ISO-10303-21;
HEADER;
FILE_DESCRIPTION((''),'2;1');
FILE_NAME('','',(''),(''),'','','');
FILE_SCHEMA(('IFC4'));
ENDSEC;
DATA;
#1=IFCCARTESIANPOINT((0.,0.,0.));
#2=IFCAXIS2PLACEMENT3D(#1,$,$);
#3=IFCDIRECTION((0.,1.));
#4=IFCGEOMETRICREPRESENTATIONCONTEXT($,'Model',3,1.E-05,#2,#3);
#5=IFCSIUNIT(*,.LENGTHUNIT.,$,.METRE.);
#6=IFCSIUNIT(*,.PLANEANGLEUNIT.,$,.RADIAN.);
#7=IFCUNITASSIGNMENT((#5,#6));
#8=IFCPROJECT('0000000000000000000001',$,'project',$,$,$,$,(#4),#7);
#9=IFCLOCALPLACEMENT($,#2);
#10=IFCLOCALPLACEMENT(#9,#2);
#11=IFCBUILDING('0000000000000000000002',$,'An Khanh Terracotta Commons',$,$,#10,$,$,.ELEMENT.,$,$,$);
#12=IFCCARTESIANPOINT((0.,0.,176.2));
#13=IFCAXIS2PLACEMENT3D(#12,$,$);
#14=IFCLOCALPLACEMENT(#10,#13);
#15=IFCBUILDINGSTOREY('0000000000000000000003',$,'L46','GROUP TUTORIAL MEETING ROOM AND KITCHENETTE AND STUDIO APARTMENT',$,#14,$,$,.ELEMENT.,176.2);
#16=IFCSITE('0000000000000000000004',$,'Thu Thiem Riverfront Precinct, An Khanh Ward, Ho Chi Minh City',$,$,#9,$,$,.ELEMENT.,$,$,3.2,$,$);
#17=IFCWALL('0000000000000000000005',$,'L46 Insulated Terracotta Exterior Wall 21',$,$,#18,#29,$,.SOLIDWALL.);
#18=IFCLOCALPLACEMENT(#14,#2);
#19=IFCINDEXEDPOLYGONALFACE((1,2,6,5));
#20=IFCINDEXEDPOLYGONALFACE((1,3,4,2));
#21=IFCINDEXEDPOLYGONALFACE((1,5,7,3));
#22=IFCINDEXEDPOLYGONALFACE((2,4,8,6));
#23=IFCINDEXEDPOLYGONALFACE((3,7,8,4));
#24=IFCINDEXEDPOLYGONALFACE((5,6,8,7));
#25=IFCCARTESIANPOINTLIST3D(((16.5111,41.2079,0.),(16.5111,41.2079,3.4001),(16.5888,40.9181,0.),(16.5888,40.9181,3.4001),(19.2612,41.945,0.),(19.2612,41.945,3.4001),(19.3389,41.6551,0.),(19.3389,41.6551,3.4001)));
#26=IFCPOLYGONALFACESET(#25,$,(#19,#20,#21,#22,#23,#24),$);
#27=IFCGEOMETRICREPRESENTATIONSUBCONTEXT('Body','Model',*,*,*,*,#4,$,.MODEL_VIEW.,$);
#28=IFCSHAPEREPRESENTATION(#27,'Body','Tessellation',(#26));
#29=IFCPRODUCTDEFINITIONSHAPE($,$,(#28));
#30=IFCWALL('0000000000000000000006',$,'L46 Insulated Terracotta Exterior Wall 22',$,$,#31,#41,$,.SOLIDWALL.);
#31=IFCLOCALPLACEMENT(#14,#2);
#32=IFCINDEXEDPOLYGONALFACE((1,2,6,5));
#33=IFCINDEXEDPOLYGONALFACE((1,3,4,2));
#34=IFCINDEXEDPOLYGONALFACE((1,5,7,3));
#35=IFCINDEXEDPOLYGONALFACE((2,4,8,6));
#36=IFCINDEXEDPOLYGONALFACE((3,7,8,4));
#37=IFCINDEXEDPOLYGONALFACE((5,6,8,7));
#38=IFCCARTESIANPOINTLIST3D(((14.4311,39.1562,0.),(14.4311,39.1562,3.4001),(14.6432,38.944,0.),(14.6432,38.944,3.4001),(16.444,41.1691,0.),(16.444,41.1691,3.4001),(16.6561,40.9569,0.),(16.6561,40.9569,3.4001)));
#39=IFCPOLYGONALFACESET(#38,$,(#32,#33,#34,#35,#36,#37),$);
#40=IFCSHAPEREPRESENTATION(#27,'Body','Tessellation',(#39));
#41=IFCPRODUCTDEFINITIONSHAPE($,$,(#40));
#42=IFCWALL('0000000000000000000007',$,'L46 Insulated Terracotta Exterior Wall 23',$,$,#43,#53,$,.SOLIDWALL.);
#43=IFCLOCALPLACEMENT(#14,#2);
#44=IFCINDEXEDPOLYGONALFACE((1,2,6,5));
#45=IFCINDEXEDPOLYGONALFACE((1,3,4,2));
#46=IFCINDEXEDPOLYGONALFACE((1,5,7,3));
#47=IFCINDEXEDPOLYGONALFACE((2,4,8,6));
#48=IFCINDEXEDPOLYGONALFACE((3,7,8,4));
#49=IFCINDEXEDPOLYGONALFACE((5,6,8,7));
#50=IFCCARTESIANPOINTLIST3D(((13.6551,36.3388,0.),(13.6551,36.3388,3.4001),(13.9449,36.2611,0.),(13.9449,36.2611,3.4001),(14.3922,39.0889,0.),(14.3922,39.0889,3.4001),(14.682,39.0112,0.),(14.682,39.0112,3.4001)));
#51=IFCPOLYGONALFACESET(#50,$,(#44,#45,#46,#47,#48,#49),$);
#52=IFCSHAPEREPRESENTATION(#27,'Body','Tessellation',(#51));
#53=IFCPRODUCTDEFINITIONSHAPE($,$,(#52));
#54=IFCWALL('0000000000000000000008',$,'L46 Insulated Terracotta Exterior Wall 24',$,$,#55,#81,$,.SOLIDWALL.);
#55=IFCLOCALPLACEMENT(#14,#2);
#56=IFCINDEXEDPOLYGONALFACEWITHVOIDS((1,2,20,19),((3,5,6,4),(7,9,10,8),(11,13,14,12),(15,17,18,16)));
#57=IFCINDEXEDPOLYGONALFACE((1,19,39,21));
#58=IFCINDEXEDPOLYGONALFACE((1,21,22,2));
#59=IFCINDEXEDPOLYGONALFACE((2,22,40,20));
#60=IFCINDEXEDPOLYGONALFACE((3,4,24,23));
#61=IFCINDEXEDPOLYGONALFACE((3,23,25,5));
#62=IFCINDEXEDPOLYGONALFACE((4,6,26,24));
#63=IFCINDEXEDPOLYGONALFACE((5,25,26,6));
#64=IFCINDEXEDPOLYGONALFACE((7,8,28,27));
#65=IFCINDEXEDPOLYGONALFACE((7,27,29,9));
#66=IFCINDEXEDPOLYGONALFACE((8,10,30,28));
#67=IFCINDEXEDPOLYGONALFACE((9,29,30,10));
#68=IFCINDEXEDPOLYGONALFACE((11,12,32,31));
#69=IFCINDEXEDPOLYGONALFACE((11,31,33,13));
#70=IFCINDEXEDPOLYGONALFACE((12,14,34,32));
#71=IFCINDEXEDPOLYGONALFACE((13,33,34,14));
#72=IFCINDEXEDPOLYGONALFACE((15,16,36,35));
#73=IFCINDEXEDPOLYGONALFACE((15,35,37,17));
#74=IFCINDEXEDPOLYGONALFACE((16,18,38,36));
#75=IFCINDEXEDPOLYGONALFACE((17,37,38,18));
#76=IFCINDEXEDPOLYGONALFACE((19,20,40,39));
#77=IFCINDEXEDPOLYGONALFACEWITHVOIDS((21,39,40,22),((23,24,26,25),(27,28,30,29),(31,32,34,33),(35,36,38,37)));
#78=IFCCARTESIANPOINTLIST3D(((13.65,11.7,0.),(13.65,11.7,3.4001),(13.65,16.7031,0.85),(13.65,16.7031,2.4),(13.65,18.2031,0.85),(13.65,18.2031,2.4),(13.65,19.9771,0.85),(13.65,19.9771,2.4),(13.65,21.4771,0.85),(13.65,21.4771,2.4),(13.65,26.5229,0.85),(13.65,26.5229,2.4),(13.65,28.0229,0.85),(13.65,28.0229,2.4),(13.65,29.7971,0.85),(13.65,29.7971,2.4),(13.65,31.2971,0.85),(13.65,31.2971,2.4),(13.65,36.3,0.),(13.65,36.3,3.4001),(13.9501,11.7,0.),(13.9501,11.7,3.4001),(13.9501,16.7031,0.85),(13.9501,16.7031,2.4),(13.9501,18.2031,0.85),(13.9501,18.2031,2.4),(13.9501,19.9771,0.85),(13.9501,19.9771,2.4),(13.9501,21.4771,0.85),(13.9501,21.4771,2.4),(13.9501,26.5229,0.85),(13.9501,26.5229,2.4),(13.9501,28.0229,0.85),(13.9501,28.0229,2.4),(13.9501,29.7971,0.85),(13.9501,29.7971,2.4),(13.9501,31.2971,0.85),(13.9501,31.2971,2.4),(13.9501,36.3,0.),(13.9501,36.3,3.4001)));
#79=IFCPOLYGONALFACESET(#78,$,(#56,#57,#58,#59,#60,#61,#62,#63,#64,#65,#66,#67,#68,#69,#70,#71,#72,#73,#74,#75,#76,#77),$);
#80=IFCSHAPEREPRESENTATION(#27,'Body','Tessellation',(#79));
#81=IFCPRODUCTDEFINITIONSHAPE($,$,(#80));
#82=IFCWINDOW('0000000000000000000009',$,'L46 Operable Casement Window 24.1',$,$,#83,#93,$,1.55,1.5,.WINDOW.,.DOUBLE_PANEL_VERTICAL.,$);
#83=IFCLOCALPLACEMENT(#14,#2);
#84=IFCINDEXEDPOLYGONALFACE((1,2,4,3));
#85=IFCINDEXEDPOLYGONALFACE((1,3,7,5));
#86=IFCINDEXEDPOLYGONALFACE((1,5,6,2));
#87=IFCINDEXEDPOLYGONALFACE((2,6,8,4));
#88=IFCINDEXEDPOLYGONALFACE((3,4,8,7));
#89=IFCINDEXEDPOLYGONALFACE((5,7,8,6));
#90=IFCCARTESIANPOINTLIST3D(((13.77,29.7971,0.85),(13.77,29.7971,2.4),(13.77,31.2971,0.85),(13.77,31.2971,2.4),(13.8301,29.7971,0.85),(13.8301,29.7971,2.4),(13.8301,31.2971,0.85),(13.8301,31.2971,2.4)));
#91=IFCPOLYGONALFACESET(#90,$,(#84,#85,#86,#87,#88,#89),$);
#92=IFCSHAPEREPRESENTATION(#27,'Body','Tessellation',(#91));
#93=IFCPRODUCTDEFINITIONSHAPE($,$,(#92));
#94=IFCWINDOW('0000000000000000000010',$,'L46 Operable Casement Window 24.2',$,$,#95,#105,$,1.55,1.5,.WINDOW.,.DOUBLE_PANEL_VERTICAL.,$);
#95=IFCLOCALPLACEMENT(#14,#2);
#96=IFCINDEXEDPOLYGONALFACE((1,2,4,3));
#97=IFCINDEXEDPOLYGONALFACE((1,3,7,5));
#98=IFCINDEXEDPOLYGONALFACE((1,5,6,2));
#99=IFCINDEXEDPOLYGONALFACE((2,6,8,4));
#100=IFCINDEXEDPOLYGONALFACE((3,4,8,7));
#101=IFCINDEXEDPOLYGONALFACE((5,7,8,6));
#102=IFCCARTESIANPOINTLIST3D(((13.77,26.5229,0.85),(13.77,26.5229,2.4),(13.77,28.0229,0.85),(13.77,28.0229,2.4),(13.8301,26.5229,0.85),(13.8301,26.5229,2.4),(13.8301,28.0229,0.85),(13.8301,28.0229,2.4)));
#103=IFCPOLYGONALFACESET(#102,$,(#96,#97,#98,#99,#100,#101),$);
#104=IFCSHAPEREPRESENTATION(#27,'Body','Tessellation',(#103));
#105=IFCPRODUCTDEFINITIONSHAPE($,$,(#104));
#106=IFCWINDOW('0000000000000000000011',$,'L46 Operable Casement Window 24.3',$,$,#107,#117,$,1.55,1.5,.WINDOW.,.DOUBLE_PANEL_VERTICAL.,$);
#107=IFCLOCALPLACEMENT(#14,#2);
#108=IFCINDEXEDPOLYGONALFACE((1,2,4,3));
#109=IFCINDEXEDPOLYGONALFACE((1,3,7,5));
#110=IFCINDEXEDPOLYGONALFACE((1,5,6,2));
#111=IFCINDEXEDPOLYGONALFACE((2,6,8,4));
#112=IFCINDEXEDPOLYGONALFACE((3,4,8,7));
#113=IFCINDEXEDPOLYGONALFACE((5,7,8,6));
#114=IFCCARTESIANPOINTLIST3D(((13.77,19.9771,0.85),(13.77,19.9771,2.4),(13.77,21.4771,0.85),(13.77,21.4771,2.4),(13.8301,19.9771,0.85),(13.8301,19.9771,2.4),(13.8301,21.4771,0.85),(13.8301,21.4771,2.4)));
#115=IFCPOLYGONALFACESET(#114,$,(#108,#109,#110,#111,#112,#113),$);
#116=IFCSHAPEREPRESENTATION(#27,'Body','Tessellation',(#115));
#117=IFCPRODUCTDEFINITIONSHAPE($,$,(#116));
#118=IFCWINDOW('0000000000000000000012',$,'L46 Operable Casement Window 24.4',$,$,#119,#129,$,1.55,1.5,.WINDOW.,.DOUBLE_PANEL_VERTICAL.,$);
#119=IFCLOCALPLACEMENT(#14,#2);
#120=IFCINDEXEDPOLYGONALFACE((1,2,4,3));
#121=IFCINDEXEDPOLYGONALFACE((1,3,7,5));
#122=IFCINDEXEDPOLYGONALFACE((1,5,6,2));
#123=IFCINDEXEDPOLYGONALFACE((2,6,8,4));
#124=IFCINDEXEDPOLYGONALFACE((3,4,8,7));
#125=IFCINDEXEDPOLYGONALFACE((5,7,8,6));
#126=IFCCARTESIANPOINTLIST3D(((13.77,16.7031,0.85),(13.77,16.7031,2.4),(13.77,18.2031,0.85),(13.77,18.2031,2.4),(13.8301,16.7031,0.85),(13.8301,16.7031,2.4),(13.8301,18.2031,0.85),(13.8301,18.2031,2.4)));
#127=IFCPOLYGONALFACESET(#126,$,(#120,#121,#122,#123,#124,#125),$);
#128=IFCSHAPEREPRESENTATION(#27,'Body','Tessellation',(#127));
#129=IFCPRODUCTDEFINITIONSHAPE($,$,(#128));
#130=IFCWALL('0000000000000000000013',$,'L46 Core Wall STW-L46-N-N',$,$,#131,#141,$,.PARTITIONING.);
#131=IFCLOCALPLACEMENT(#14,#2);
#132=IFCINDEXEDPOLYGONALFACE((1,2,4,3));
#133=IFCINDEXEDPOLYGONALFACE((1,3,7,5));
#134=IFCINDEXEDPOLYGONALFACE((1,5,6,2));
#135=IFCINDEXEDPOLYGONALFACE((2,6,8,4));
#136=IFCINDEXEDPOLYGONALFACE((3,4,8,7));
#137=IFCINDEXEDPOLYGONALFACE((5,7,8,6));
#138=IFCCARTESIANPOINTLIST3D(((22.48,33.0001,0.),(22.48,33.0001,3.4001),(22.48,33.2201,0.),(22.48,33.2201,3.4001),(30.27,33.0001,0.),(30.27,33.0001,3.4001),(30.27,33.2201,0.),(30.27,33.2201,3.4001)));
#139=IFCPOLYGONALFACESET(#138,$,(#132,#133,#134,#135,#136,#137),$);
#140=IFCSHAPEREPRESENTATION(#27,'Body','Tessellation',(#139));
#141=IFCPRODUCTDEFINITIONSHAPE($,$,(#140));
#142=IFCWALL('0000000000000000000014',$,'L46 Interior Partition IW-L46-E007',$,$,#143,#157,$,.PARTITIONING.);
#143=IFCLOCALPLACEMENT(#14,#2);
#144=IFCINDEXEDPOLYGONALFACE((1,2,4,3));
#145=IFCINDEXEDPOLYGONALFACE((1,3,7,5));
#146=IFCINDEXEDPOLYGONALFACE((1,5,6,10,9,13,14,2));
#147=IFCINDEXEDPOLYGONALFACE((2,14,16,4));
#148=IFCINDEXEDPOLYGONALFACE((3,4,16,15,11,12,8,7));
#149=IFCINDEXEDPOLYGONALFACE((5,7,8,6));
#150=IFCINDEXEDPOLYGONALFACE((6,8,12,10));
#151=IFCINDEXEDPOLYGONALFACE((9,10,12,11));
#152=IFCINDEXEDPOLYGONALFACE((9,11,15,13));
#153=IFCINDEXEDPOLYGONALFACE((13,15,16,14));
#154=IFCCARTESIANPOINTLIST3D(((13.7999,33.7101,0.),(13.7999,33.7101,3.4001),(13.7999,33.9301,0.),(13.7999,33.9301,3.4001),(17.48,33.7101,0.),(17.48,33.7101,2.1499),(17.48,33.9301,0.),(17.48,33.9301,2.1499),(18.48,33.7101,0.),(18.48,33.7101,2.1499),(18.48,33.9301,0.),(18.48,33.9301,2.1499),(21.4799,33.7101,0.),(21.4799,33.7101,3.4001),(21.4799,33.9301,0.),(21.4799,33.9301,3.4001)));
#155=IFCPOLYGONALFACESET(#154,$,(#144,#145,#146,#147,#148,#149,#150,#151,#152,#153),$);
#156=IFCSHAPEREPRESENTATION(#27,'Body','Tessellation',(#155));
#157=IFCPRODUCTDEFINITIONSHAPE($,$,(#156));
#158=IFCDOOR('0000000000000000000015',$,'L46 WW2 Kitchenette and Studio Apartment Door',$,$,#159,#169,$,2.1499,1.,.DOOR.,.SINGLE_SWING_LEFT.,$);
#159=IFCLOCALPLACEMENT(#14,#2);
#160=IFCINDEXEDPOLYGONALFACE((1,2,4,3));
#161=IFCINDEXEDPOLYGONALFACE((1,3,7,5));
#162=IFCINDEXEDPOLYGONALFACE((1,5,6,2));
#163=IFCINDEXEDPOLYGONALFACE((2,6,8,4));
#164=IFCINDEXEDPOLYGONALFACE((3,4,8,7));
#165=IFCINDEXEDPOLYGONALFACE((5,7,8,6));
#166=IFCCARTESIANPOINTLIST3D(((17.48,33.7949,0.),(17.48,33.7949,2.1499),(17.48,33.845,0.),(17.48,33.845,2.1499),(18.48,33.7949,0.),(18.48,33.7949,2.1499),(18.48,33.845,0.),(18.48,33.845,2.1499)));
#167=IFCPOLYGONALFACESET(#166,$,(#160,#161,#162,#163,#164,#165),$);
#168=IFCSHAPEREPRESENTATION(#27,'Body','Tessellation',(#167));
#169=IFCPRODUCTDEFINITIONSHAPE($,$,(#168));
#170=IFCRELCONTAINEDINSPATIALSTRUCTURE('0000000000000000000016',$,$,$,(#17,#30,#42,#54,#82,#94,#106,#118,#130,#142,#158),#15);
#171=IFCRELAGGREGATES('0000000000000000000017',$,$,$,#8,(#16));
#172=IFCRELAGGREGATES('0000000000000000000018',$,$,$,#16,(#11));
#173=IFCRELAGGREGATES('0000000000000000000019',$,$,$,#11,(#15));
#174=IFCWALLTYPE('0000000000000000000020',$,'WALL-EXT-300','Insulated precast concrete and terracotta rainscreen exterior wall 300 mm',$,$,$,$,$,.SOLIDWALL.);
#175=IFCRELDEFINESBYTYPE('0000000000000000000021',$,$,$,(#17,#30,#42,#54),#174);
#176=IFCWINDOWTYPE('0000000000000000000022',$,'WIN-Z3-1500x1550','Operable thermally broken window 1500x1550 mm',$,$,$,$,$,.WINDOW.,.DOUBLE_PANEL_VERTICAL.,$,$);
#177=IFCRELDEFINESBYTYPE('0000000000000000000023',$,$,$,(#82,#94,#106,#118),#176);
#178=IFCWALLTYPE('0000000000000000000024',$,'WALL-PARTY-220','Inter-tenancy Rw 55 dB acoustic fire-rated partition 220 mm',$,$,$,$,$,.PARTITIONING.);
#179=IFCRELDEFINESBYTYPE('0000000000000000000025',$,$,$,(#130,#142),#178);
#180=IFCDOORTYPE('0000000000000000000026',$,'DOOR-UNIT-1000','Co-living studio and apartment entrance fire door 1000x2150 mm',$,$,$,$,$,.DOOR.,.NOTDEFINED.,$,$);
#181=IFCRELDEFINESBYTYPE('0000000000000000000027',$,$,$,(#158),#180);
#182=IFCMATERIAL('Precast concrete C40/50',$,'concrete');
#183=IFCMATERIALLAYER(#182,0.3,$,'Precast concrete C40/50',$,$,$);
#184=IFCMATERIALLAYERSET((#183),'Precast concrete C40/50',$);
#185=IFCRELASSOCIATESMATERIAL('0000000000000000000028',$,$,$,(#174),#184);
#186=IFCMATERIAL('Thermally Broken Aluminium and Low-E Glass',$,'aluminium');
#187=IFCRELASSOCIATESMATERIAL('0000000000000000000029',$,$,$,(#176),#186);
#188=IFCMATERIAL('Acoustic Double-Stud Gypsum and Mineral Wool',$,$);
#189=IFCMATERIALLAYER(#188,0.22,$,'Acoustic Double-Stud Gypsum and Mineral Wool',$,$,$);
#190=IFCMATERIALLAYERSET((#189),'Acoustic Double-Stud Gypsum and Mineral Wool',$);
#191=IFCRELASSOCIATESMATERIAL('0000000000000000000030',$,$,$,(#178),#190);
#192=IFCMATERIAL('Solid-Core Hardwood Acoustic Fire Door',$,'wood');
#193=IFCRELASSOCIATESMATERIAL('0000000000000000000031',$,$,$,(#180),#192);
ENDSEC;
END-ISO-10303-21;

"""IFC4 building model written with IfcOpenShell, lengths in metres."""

from ifc_helpers import new_model, si_unit, direction, frame, frame_2d, origin, place, context, subcontext, project, spatial, rectangle, extrude, material, layer, layer_set, type_object, element, fill, save


model = new_model("IFC4")

# Units and contexts
model_context = context("Model", 3, precision=1e-05, world=origin(), true_north=direction((0.0, 1.0)))
body_context = subcontext(model_context, "Body", "Model", "MODEL_VIEW")
ifc_project = project(units=[si_unit("LENGTHUNIT", "METRE"), si_unit("PLANEANGLEUNIT", "RADIAN")], contexts=[model_context])

# Site, building, storey
site_placement = place(None, origin())
site = spatial("IfcSite", under=ifc_project, at=site_placement, Name="Thu Thiem Riverfront Precinct, An Khanh Ward, Ho Chi Minh City", CompositionType="ELEMENT", RefElevation=3.2)
building_placement = place(site_placement, origin())
building = spatial("IfcBuilding", under=site, at=building_placement, Name="An Khanh Terracotta Commons", CompositionType="ELEMENT")
storey_placement = place(building_placement, frame((0.0, 0.0, 176.2)))
storey = spatial("IfcBuildingStorey", under=building, at=storey_placement, Name="L46", Description="GROUP TUTORIAL MEETING ROOM AND KITCHENETTE AND STUDIO APARTMENT", CompositionType="ELEMENT", Elevation=176.2)

# Walls
ifc_material_1 = material(Name="Precast concrete C40/50", Category="concrete")
ifc_layer_1 = layer(ifc_material_1, 0.3, Name="Precast concrete C40/50")
ifc_layer_set_1 = layer_set([ifc_layer_1], Name="Precast concrete C40/50")
wall_type_1 = type_object("IfcWallType", Name="WALL-EXT-300", Description="Insulated precast concrete and terracotta rainscreen exterior wall 300 mm", PredefinedType="SOLIDWALL", material=ifc_layer_set_1)
wall_1_placement = place(storey_placement, frame((19.3, 41.8, 0.0), z_axis=(0.0, 0.0, 1.0), x_axis=(-0.965908, -0.258885, 0.0)))
element("IfcWall", 1, at=wall_1_placement, inside=storey, type_object=wall_type_1, Name="L46 Insulated Terracotta Exterior Wall 21", PredefinedType="SOLIDWALL", context=body_context, shape_type="SweptSolid", body=[
    extrude(rectangle(XDim=2.8472, YDim=0.3, at=frame_2d((1.4236, 0.0))), origin(), (0.0, 0.0, 1.0), 3.4001),
])
wall_2_placement = place(storey_placement, frame((16.55, 41.063, 0.0), z_axis=(0.0, 0.0, 1.0), x_axis=(-0.707107, -0.707107, 0.0)))
element("IfcWall", 2, at=wall_2_placement, inside=storey, type_object=wall_type_1, Name="L46 Insulated Terracotta Exterior Wall 22", PredefinedType="SOLIDWALL", context=body_context, shape_type="SweptSolid", body=[
    extrude(rectangle(XDim=2.8467, YDim=0.3, at=frame_2d((1.4233, 0.0))), origin(), (0.0, 0.0, 1.0), 3.4001),
])
wall_3_placement = place(storey_placement, frame((14.5371, 39.05, 0.0), z_axis=(0.0, 0.0, 1.0), x_axis=(-0.258885, -0.965908, 0.0)))
element("IfcWall", 3, at=wall_3_placement, inside=storey, type_object=wall_type_1, Name="L46 Insulated Terracotta Exterior Wall 23", PredefinedType="SOLIDWALL", context=body_context, shape_type="SweptSolid", body=[
    extrude(rectangle(XDim=2.8472, YDim=0.3, at=frame_2d((1.4236, 0.0))), origin(), (0.0, 0.0, 1.0), 3.4001),
])

# Wall, openings, windows
wall_4_placement = place(storey_placement, frame((13.8, 36.3, 0.0), z_axis=(0.0, 0.0, 1.0), x_axis=(0.0, -1.0, 0.0)))
wall_4 = element("IfcWall", 4, at=wall_4_placement, inside=storey, type_object=wall_type_1, Name="L46 Insulated Terracotta Exterior Wall 24", PredefinedType="SOLIDWALL", context=body_context, shape_type="SweptSolid", body=[
    extrude(rectangle(XDim=24.6001, YDim=0.3, at=frame_2d((12.3, 0.0))), origin(), (0.0, 0.0, 1.0), 3.4001),
])
opening_1_placement = place(wall_4_placement, frame((5.0029, 0.0, 0.8501)))
opening_1 = element("IfcOpeningElement", 5, at=opening_1_placement, cuts=wall_4, PredefinedType="OPENING", context=body_context, shape_type="SweptSolid", body=[
    extrude(rectangle(XDim=1.5, YDim=1.55, at=frame_2d((0.75, 0.7749))), frame((0.0, 0.1599, 0.0), z_axis=(0.0, -1.0, 0.0), x_axis=(1.0, 0.0, 0.0)), (0.0, 0.0, 1.0), 0.3201),
])
opening_2_placement = place(wall_4_placement, frame((8.2771, 0.0, 0.8501)))
opening_2 = element("IfcOpeningElement", 6, at=opening_2_placement, cuts=wall_4, PredefinedType="OPENING", context=body_context, shape_type="SweptSolid", body=[
    extrude(rectangle(XDim=1.5, YDim=1.55, at=frame_2d((0.75, 0.7749))), frame((0.0, 0.1599, 0.0), z_axis=(0.0, -1.0, 0.0), x_axis=(1.0, 0.0, 0.0)), (0.0, 0.0, 1.0), 0.3201),
])
opening_3_placement = place(wall_4_placement, frame((14.823, 0.0, 0.8501)))
opening_3 = element("IfcOpeningElement", 7, at=opening_3_placement, cuts=wall_4, PredefinedType="OPENING", context=body_context, shape_type="SweptSolid", body=[
    extrude(rectangle(XDim=1.5, YDim=1.55, at=frame_2d((0.75, 0.7749))), frame((0.0, 0.1599, 0.0), z_axis=(0.0, -1.0, 0.0), x_axis=(1.0, 0.0, 0.0)), (0.0, 0.0, 1.0), 0.3201),
])
opening_4_placement = place(wall_4_placement, frame((18.0969, 0.0, 0.8501)))
opening_4 = element("IfcOpeningElement", 8, at=opening_4_placement, cuts=wall_4, PredefinedType="OPENING", context=body_context, shape_type="SweptSolid", body=[
    extrude(rectangle(XDim=1.5, YDim=1.55, at=frame_2d((0.75, 0.7749))), frame((0.0, 0.1599, 0.0), z_axis=(0.0, -1.0, 0.0), x_axis=(1.0, 0.0, 0.0)), (0.0, 0.0, 1.0), 0.3201),
])
ifc_material_2 = material(Name="Thermally Broken Aluminium and Low-E Glass", Category="aluminium")
window_type = type_object("IfcWindowType", Name="WIN-Z3-1500x1550", Description="Operable thermally broken window 1500x1550 mm", PartitioningType="DOUBLE_PANEL_VERTICAL", PredefinedType="WINDOW", material=ifc_material_2)
window_1_placement = place(opening_1_placement, origin())
window_1 = element("IfcWindow", 9, at=window_1_placement, inside=storey, type_object=window_type, Name="L46 Operable Casement Window 24.1", OverallHeight=1.55, OverallWidth=1.5, PartitioningType="DOUBLE_PANEL_VERTICAL", PredefinedType="WINDOW", context=body_context, shape_type="SweptSolid", body=[
    extrude(rectangle(XDim=1.5, YDim=1.55, at=frame_2d((0.75, 0.7749))), frame((0.0, 0.03, 0.0), z_axis=(0.0, -1.0, 0.0), x_axis=(1.0, 0.0, 0.0)), (0.0, 0.0, 1.0), 0.0601),
])
fill(opening_1, window_1)
window_2_placement = place(opening_2_placement, origin())
window_2 = element("IfcWindow", 10, at=window_2_placement, inside=storey, type_object=window_type, Name="L46 Operable Casement Window 24.2", OverallHeight=1.55, OverallWidth=1.5, PartitioningType="DOUBLE_PANEL_VERTICAL", PredefinedType="WINDOW", context=body_context, shape_type="SweptSolid", body=[
    extrude(rectangle(XDim=1.5, YDim=1.55, at=frame_2d((0.75, 0.7749))), frame((0.0, 0.03, 0.0), z_axis=(0.0, -1.0, 0.0), x_axis=(1.0, 0.0, 0.0)), (0.0, 0.0, 1.0), 0.0601),
])
fill(opening_2, window_2)
window_3_placement = place(opening_3_placement, origin())
window_3 = element("IfcWindow", 11, at=window_3_placement, inside=storey, type_object=window_type, Name="L46 Operable Casement Window 24.3", OverallHeight=1.55, OverallWidth=1.5, PartitioningType="DOUBLE_PANEL_VERTICAL", PredefinedType="WINDOW", context=body_context, shape_type="SweptSolid", body=[
    extrude(rectangle(XDim=1.5, YDim=1.55, at=frame_2d((0.75, 0.7749))), frame((0.0, 0.03, 0.0), z_axis=(0.0, -1.0, 0.0), x_axis=(1.0, 0.0, 0.0)), (0.0, 0.0, 1.0), 0.0601),
])
fill(opening_3, window_3)
window_4_placement = place(opening_4_placement, origin())
window_4 = element("IfcWindow", 12, at=window_4_placement, inside=storey, type_object=window_type, Name="L46 Operable Casement Window 24.4", OverallHeight=1.55, OverallWidth=1.5, PartitioningType="DOUBLE_PANEL_VERTICAL", PredefinedType="WINDOW", context=body_context, shape_type="SweptSolid", body=[
    extrude(rectangle(XDim=1.5, YDim=1.55, at=frame_2d((0.75, 0.7749))), frame((0.0, 0.03, 0.0), z_axis=(0.0, -1.0, 0.0), x_axis=(1.0, 0.0, 0.0)), (0.0, 0.0, 1.0), 0.0601),
])
fill(opening_4, window_4)

# Wall
ifc_material_3 = material(Name="Acoustic Double-Stud Gypsum and Mineral Wool")
ifc_layer_2 = layer(ifc_material_3, 0.22, Name="Acoustic Double-Stud Gypsum and Mineral Wool")
ifc_layer_set_2 = layer_set([ifc_layer_2], Name="Acoustic Double-Stud Gypsum and Mineral Wool")
wall_type_2 = type_object("IfcWallType", Name="WALL-PARTY-220", Description="Inter-tenancy Rw 55 dB acoustic fire-rated partition 220 mm", PredefinedType="PARTITIONING", material=ifc_layer_set_2)
wall_5_placement = place(storey_placement, frame((22.48, 33.1101, 0.0), z_axis=(0.0, 0.0, 1.0), x_axis=(1.0, 0.0, 0.0)))
element("IfcWall", 13, at=wall_5_placement, inside=storey, type_object=wall_type_2, Name="L46 Core Wall STW-L46-N-N", PredefinedType="PARTITIONING", context=body_context, shape_type="SweptSolid", body=[
    extrude(rectangle(XDim=7.79, YDim=0.22, at=frame_2d((3.895, 0.0))), origin(), (0.0, 0.0, 1.0), 3.4001),
])

# Wall, opening, door
wall_6_placement = place(storey_placement, frame((13.8, 33.8201, 0.0), z_axis=(0.0, 0.0, 1.0), x_axis=(1.0, 0.0, 0.0)))
wall_6 = element("IfcWall", 14, at=wall_6_placement, inside=storey, type_object=wall_type_2, Name="L46 Interior Partition IW-L46-E007", PredefinedType="PARTITIONING", context=body_context, shape_type="SweptSolid", body=[
    extrude(rectangle(XDim=7.6799, YDim=0.22, at=frame_2d((3.8398, 0.0))), origin(), (0.0, 0.0, 1.0), 3.4001),
])
opening_5_placement = place(wall_6_placement, frame((3.6799, 0.0, 0.0)))
opening_5 = element("IfcOpeningElement", 15, at=opening_5_placement, cuts=wall_6, PredefinedType="OPENING", context=body_context, shape_type="SweptSolid", body=[
    extrude(rectangle(XDim=1.0, YDim=2.1499, at=frame_2d((0.5, 1.075))), frame((0.0, 0.1199, 0.0), z_axis=(0.0, -1.0, 0.0), x_axis=(1.0, 0.0, 0.0)), (0.0, 0.0, 1.0), 0.24),
])
ifc_material_4 = material(Name="Solid-Core Hardwood Acoustic Fire Door", Category="wood")
door_type_1 = type_object("IfcDoorType", Name="DOOR-UNIT-1000", Description="Co-living studio and apartment entrance fire door 1000x2150 mm", OperationType="NOTDEFINED", PredefinedType="DOOR", material=ifc_material_4)
door_1_placement = place(opening_5_placement, origin())
door_1 = element("IfcDoor", 16, at=door_1_placement, inside=storey, type_object=door_type_1, Name="L46 WW2 Kitchenette and Studio Apartment Door", OperationType="SINGLE_SWING_LEFT", OverallHeight=2.1499, OverallWidth=1.0, PredefinedType="DOOR", context=body_context, shape_type="SweptSolid", body=[
    extrude(rectangle(XDim=1.0, YDim=2.1499, at=frame_2d((0.5, 1.075))), frame((0.0, 0.0249, 0.0), z_axis=(0.0, -1.0, 0.0), x_axis=(1.0, 0.0, 0.0)), (0.0, 0.0, 1.0), 0.05),
])
fill(opening_5, door_1)

save(model, "model.ifc")
